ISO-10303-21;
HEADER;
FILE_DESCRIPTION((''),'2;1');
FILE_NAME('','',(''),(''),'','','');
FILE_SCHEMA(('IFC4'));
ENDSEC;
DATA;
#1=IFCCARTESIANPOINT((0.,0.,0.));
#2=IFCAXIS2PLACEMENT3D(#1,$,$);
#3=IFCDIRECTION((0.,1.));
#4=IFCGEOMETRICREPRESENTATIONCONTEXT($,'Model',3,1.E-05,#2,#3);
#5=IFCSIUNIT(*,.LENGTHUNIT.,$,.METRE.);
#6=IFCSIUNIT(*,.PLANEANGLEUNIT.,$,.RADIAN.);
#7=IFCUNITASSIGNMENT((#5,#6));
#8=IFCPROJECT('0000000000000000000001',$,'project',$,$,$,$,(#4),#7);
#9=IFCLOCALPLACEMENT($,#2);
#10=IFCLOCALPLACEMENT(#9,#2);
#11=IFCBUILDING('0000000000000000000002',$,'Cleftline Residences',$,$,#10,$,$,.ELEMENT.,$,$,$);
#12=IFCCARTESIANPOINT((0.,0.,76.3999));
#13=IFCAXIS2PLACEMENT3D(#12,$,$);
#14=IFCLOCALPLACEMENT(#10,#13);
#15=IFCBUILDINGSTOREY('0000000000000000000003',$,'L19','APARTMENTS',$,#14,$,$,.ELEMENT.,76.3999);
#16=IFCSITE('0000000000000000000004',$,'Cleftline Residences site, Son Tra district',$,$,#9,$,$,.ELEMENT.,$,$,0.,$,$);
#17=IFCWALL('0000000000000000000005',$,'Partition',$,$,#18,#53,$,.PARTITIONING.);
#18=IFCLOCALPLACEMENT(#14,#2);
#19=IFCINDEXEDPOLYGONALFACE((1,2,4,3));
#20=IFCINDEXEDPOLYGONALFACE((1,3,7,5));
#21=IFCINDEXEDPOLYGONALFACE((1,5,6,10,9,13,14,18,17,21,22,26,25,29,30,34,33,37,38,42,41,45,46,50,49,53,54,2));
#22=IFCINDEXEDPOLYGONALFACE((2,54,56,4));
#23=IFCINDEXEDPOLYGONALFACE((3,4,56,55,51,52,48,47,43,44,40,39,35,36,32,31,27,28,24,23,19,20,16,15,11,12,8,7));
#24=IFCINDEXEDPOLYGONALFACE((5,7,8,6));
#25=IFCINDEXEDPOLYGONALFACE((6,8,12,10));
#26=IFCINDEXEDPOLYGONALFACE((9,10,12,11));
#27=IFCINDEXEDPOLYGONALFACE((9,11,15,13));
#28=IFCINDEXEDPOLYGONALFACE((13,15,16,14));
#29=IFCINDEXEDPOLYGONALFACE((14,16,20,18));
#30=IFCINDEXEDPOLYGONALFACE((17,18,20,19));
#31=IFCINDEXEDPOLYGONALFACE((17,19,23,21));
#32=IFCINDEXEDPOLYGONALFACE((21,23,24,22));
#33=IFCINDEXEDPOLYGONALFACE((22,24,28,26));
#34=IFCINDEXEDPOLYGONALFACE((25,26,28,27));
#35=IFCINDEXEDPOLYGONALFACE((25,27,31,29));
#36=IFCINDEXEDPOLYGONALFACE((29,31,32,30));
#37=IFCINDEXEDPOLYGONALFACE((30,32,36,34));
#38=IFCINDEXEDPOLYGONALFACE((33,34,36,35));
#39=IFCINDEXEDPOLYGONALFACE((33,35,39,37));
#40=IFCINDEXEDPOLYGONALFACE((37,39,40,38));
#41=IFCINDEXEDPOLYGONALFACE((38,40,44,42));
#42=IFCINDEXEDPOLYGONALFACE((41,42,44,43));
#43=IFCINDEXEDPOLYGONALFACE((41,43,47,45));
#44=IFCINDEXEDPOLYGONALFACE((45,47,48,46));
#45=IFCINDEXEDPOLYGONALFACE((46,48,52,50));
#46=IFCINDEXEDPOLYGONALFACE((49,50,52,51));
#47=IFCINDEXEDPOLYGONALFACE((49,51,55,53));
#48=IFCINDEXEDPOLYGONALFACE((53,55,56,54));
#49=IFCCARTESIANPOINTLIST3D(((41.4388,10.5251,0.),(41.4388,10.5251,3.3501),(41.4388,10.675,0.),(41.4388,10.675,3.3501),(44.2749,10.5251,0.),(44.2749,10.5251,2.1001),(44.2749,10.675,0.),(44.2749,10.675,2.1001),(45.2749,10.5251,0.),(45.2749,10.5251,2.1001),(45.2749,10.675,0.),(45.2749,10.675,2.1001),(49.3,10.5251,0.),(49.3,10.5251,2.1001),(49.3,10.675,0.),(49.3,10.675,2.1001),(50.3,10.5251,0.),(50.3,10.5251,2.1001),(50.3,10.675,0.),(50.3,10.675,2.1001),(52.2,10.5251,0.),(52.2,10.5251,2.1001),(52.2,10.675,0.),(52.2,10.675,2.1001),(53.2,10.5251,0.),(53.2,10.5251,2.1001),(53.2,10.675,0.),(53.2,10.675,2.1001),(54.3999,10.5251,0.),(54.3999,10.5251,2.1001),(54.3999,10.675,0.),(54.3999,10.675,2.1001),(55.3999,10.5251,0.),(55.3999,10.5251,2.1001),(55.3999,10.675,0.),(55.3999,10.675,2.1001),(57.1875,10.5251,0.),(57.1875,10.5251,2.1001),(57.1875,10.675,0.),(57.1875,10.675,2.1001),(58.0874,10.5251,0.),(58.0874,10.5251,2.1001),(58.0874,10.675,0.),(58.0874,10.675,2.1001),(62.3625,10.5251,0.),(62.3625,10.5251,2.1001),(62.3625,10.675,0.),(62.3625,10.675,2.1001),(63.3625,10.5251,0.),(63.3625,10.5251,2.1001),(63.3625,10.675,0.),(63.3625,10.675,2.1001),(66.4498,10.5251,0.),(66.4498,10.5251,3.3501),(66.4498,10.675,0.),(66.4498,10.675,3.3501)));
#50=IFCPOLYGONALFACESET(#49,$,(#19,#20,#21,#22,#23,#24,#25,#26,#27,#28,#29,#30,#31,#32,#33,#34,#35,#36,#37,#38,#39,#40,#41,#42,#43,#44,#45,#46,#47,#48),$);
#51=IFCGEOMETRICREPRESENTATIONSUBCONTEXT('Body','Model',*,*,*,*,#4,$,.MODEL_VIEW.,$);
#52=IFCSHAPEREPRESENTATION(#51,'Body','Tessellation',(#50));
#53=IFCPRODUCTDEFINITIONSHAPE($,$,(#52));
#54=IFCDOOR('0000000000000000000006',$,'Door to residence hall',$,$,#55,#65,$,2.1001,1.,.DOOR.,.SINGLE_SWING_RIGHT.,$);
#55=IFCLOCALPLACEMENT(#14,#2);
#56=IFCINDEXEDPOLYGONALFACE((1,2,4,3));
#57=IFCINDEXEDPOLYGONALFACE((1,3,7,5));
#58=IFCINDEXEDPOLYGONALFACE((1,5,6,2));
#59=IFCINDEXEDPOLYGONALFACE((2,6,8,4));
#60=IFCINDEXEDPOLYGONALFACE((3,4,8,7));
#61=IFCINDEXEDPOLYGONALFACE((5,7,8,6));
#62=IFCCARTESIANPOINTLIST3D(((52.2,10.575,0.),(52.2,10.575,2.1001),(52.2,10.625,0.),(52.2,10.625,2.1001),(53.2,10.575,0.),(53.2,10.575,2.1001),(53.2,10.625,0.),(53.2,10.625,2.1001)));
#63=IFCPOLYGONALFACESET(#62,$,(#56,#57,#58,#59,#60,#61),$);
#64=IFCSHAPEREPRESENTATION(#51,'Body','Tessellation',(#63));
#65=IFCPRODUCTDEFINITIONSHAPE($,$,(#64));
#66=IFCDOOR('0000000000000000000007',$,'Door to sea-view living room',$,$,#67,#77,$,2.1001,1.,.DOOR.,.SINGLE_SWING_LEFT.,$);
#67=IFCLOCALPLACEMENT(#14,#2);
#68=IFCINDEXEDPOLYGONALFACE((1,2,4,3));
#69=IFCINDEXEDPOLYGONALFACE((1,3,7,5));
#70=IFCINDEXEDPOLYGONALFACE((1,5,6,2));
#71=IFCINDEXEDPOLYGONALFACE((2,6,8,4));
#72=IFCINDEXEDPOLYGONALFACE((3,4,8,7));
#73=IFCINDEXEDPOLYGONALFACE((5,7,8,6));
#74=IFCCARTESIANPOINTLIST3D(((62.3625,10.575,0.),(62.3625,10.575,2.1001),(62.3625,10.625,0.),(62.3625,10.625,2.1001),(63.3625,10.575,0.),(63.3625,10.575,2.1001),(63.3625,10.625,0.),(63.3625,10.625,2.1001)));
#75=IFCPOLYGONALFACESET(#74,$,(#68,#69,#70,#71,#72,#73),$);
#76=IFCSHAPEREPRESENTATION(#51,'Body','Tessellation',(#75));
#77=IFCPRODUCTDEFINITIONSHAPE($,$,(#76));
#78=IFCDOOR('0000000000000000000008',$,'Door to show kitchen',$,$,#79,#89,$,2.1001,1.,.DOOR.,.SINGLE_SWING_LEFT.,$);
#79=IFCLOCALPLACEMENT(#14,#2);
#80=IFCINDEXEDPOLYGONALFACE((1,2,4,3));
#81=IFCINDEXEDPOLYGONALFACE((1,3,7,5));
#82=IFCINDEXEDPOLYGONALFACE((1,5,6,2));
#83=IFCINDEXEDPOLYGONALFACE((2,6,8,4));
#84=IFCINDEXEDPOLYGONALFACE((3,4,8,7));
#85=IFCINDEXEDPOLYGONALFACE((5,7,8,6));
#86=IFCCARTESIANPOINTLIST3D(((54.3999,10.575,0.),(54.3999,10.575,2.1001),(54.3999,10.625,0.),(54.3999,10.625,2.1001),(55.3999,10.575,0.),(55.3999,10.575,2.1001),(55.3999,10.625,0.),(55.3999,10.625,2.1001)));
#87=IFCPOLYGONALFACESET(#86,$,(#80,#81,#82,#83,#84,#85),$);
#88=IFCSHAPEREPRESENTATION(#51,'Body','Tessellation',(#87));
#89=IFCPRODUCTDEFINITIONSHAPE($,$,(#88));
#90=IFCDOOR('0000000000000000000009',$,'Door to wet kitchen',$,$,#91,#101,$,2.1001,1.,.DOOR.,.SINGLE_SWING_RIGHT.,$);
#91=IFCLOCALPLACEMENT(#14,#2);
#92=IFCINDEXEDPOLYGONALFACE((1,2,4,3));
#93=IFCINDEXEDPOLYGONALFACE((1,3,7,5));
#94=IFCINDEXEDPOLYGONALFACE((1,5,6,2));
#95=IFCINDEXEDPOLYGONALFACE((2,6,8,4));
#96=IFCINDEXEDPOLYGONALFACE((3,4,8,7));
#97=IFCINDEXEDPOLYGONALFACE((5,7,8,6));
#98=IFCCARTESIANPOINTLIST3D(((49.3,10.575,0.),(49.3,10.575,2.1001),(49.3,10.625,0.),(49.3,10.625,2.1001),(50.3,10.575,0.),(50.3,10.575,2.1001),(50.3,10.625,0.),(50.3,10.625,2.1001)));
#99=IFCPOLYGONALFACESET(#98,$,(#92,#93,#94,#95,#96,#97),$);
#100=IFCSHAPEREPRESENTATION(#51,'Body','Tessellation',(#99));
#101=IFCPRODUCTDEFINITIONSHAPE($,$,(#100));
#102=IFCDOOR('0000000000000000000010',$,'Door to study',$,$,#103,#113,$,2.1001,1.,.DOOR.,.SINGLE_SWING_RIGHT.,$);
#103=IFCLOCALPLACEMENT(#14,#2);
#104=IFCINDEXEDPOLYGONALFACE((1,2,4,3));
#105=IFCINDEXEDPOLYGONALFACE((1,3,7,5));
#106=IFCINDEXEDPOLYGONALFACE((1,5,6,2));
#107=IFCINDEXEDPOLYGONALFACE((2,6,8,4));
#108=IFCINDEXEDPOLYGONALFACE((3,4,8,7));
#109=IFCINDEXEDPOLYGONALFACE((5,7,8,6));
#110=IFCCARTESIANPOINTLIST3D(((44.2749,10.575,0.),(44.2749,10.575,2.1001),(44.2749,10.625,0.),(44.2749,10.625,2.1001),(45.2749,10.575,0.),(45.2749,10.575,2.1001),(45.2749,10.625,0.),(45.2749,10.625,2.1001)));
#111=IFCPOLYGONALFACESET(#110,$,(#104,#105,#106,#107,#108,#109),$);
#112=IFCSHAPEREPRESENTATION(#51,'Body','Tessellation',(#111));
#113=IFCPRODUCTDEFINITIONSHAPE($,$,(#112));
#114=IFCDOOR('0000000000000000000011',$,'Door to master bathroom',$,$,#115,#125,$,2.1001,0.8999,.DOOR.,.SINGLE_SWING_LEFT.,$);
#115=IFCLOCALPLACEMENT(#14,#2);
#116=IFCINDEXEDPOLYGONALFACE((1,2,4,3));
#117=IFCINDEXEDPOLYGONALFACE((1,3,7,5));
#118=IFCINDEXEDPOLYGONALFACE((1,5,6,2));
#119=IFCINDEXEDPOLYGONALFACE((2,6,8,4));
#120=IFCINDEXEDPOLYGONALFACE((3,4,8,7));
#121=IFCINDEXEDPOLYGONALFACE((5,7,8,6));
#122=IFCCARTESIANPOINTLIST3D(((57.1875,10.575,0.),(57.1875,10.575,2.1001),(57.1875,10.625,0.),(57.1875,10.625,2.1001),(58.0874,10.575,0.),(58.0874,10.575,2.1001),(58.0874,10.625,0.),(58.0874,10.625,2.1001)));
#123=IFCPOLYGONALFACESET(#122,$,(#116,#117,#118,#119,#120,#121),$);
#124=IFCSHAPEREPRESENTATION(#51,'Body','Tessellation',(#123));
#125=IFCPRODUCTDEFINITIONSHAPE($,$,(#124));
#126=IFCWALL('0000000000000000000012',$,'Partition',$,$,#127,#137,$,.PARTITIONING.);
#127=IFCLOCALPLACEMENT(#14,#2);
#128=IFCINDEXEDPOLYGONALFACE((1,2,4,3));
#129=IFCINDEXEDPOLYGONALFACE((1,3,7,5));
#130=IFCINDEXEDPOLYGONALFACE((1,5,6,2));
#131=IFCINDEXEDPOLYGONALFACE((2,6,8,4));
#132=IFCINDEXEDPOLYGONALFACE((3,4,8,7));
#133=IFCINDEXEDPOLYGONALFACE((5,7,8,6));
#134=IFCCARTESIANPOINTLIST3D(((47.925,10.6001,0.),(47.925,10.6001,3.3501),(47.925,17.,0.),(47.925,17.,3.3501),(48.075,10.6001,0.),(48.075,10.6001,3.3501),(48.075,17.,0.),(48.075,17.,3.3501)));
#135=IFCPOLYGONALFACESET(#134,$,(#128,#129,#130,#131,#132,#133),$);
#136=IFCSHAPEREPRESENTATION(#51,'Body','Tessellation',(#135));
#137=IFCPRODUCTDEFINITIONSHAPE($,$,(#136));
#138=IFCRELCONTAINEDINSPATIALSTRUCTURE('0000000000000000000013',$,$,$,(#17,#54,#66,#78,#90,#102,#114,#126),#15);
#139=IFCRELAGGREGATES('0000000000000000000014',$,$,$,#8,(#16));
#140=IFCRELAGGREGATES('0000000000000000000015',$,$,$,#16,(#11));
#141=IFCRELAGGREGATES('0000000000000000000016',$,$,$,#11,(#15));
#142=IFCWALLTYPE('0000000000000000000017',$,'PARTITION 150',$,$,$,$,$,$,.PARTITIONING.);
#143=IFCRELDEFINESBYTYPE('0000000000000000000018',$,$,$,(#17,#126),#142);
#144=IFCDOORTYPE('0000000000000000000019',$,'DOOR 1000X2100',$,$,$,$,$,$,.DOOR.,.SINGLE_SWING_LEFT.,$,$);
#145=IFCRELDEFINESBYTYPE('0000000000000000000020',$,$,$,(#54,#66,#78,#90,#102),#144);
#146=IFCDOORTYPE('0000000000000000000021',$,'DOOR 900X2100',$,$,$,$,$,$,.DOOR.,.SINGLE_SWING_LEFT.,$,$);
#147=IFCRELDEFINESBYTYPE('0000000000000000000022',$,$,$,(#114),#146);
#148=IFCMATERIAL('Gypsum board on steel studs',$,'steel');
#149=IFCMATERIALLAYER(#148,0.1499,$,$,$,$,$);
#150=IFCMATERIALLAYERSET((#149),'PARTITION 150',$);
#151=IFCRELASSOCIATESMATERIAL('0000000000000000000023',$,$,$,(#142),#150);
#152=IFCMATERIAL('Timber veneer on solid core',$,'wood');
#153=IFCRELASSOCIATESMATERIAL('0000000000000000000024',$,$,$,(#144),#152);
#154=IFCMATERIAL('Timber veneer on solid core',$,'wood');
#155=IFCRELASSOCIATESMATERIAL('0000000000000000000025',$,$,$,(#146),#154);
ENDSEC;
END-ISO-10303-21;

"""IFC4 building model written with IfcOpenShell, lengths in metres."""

from ifc_helpers import new_model, si_unit, direction, frame, frame_2d, origin, place, context, subcontext, project, spatial, rectangle, extrude, material, layer, layer_set, type_object, element, fill, save


model = new_model("IFC4")

# Units and contexts
model_context = context("Model", 3, precision=1e-05, world=origin(), true_north=direction((0.0, 1.0)))
body_context = subcontext(model_context, "Body", "Model", "MODEL_VIEW")
ifc_project = project(units=[si_unit("LENGTHUNIT", "METRE"), si_unit("PLANEANGLEUNIT", "RADIAN")], contexts=[model_context])

# Site, building, storey
site_placement = place(None, origin())
site = spatial("IfcSite", under=ifc_project, at=site_placement, Name="Cleftline Residences site, Son Tra district", CompositionType="ELEMENT", RefElevation=0.0)
building_placement = place(site_placement, origin())
building = spatial("IfcBuilding", under=site, at=building_placement, Name="Cleftline Residences", CompositionType="ELEMENT")
storey_placement = place(building_placement, frame((0.0, 0.0, 76.3999)))
storey = spatial("IfcBuildingStorey", under=building, at=storey_placement, Name="L19", Description="APARTMENTS", CompositionType="ELEMENT", Elevation=76.3999)

# Shared definitions
ifc_material_1 = material(Name="Gypsum board on steel studs", Category="steel")
ifc_layer_1 = layer(ifc_material_1, 0.1499)
ifc_layer_set_1 = layer_set([ifc_layer_1], Name="PARTITION 150")
wall_type = type_object("IfcWallType", Name="PARTITION 150", PredefinedType="PARTITIONING", material=ifc_layer_set_1)
ifc_material_2 = material(Name="Timber veneer on solid core", Category="wood")
door_type_1 = type_object("IfcDoorType", Name="DOOR 1000X2100", OperationType="SINGLE_SWING_LEFT", PredefinedType="DOOR", material=ifc_material_2)

# Wall, openings, doors
ifc_material_3 = material(Name="Timber veneer on solid core", Category="wood")
door_type_2 = type_object("IfcDoorType", Name="DOOR 900X2100", OperationType="SINGLE_SWING_LEFT", PredefinedType="DOOR", material=ifc_material_3)
wall_1_placement = place(storey_placement, frame((41.439, 10.6001, 0.0), z_axis=(0.0, 0.0, 1.0), x_axis=(1.0, 0.0, 0.0)))
wall_1 = element("IfcWall", 1, at=wall_1_placement, inside=storey, type_object=wall_type, Name="Partition", PredefinedType="PARTITIONING", context=body_context, shape_type="SweptSolid", body=[
    extrude(rectangle(XDim=25.011, YDim=0.1499, at=frame_2d((12.5054, 0.0))), origin(), (0.0, 0.0, 1.0), 3.3501),
])
opening_1_placement = place(wall_1_placement, frame((10.761, 0.0, 0.0)))
opening_1 = element("IfcOpeningElement", 2, at=opening_1_placement, cuts=wall_1, PredefinedType="OPENING", context=body_context, shape_type="SweptSolid", body=[
    extrude(rectangle(XDim=1.0, YDim=2.1001, at=frame_2d((0.5, 1.05))), frame((0.0, 0.085, 0.0), z_axis=(0.0, -1.0, 0.0), x_axis=(1.0, 0.0, 0.0)), (0.0, 0.0, 1.0), 0.1699),
])
opening_2_placement = place(wall_1_placement, frame((20.9236, 0.0, 0.0)))
opening_2 = element("IfcOpeningElement", 3, at=opening_2_placement, cuts=wall_1, PredefinedType="OPENING", context=body_context, shape_type="SweptSolid", body=[
    extrude(rectangle(XDim=1.0, YDim=2.1001, at=frame_2d((0.5, 1.05))), frame((0.0, 0.085, 0.0), z_axis=(0.0, -1.0, 0.0), x_axis=(1.0, 0.0, 0.0)), (0.0, 0.0, 1.0), 0.1699),
])
opening_3_placement = place(wall_1_placement, frame((15.7485, 0.0, 0.0)))
opening_3 = element("IfcOpeningElement", 4, at=opening_3_placement, cuts=wall_1, PredefinedType="OPENING", context=body_context, shape_type="SweptSolid", body=[
    extrude(rectangle(XDim=0.8999, YDim=2.1001, at=frame_2d((0.45, 1.05))), frame((0.0, 0.085, 0.0), z_axis=(0.0, -1.0, 0.0), x_axis=(1.0, 0.0, 0.0)), (0.0, 0.0, 1.0), 0.1699),
])
opening_4_placement = place(wall_1_placement, frame((12.9609, 0.0, 0.0)))
opening_4 = element("IfcOpeningElement", 5, at=opening_4_placement, cuts=wall_1, PredefinedType="OPENING", context=body_context, shape_type="SweptSolid", body=[
    extrude(rectangle(XDim=1.0, YDim=2.1001, at=frame_2d((0.5, 1.05))), frame((0.0, 0.085, 0.0), z_axis=(0.0, -1.0, 0.0), x_axis=(1.0, 0.0, 0.0)), (0.0, 0.0, 1.0), 0.1699),
])
opening_5_placement = place(wall_1_placement, frame((7.8611, 0.0, 0.0)))
opening_5 = element("IfcOpeningElement", 6, at=opening_5_placement, cuts=wall_1, PredefinedType="OPENING", context=body_context, shape_type="SweptSolid", body=[
    extrude(rectangle(XDim=1.0, YDim=2.1001, at=frame_2d((0.5, 1.05))), frame((0.0, 0.085, 0.0), z_axis=(0.0, -1.0, 0.0), x_axis=(1.0, 0.0, 0.0)), (0.0, 0.0, 1.0), 0.1699),
])
opening_6_placement = place(wall_1_placement, frame((2.8359, 0.0, 0.0)))
opening_6 = element("IfcOpeningElement", 7, at=opening_6_placement, cuts=wall_1, PredefinedType="OPENING", context=body_context, shape_type="SweptSolid", body=[
    extrude(rectangle(XDim=1.0, YDim=2.1001, at=frame_2d((0.5, 1.05))), frame((0.0, 0.085, 0.0), z_axis=(0.0, -1.0, 0.0), x_axis=(1.0, 0.0, 0.0)), (0.0, 0.0, 1.0), 0.1699),
])
door_1_placement = place(opening_1_placement, origin())
door_1 = element("IfcDoor", 8, at=door_1_placement, inside=storey, type_object=door_type_1, Name="Door to residence hall", OperationType="SINGLE_SWING_RIGHT", OverallHeight=2.1001, OverallWidth=1.0, PredefinedType="DOOR", context=body_context, shape_type="SweptSolid", body=[
    extrude(rectangle(XDim=1.0, YDim=2.1001, at=frame_2d((0.5, 1.05))), frame((0.0, 0.0249, 0.0), z_axis=(0.0, -1.0, 0.0), x_axis=(1.0, 0.0, 0.0)), (0.0, 0.0, 1.0), 0.05),
])
fill(opening_1, door_1)
door_2_placement = place(opening_2_placement, origin())
door_2 = element("IfcDoor", 9, at=door_2_placement, inside=storey, type_object=door_type_1, Name="Door to sea-view living room", OperationType="SINGLE_SWING_LEFT", OverallHeight=2.1001, OverallWidth=1.0, PredefinedType="DOOR", context=body_context, shape_type="SweptSolid", body=[
    extrude(rectangle(XDim=1.0, YDim=2.1001, at=frame_2d((0.5, 1.05))), frame((0.0, 0.0249, 0.0), z_axis=(0.0, -1.0, 0.0), x_axis=(1.0, 0.0, 0.0)), (0.0, 0.0, 1.0), 0.05),
])
fill(opening_2, door_2)
door_3_placement = place(opening_4_placement, origin())
door_3 = element("IfcDoor", 10, at=door_3_placement, inside=storey, type_object=door_type_1, Name="Door to show kitchen", OperationType="SINGLE_SWING_LEFT", OverallHeight=2.1001, OverallWidth=1.0, PredefinedType="DOOR", context=body_context, shape_type="SweptSolid", body=[
    extrude(rectangle(XDim=1.0, YDim=2.1001, at=frame_2d((0.5, 1.05))), frame((0.0, 0.0249, 0.0), z_axis=(0.0, -1.0, 0.0), x_axis=(1.0, 0.0, 0.0)), (0.0, 0.0, 1.0), 0.05),
])
fill(opening_4, door_3)
door_4_placement = place(opening_5_placement, origin())
door_4 = element("IfcDoor", 11, at=door_4_placement, inside=storey, type_object=door_type_1, Name="Door to wet kitchen", OperationType="SINGLE_SWING_RIGHT", OverallHeight=2.1001, OverallWidth=1.0, PredefinedType="DOOR", context=body_context, shape_type="SweptSolid", body=[
    extrude(rectangle(XDim=1.0, YDim=2.1001, at=frame_2d((0.5, 1.05))), frame((0.0, 0.0249, 0.0), z_axis=(0.0, -1.0, 0.0), x_axis=(1.0, 0.0, 0.0)), (0.0, 0.0, 1.0), 0.05),
])
fill(opening_5, door_4)
door_5_placement = place(opening_6_placement, origin())
door_5 = element("IfcDoor", 12, at=door_5_placement, inside=storey, type_object=door_type_1, Name="Door to study", OperationType="SINGLE_SWING_RIGHT", OverallHeight=2.1001, OverallWidth=1.0, PredefinedType="DOOR", context=body_context, shape_type="SweptSolid", body=[
    extrude(rectangle(XDim=1.0, YDim=2.1001, at=frame_2d((0.5, 1.05))), frame((0.0, 0.0249, 0.0), z_axis=(0.0, -1.0, 0.0), x_axis=(1.0, 0.0, 0.0)), (0.0, 0.0, 1.0), 0.05),
])
fill(opening_6, door_5)
door_6_placement = place(opening_3_placement, origin())
door_6 = element("IfcDoor", 13, at=door_6_placement, inside=storey, type_object=door_type_2, Name="Door to master bathroom", OperationType="SINGLE_SWING_LEFT", OverallHeight=2.1001, OverallWidth=0.8999, PredefinedType="DOOR", context=body_context, shape_type="SweptSolid", body=[
    extrude(rectangle(XDim=0.8999, YDim=2.1001, at=frame_2d((0.45, 1.05))), frame((0.0, 0.0249, 0.0), z_axis=(0.0, -1.0, 0.0), x_axis=(1.0, 0.0, 0.0)), (0.0, 0.0, 1.0), 0.05),
])
fill(opening_3, door_6)

# Wall
wall_2_placement = place(storey_placement, frame((48.0, 10.6001, 0.0), z_axis=(0.0, 0.0, 1.0), x_axis=(0.0, 1.0, 0.0)))
element("IfcWall", 14, at=wall_2_placement, inside=storey, type_object=wall_type, Name="Partition", PredefinedType="PARTITIONING", context=body_context, shape_type="SweptSolid", body=[
    extrude(rectangle(XDim=6.3999, YDim=0.1499, at=frame_2d((3.2, 0.0))), origin(), (0.0, 0.0, 1.0), 3.3501),
])

save(model, "model.ifc")
